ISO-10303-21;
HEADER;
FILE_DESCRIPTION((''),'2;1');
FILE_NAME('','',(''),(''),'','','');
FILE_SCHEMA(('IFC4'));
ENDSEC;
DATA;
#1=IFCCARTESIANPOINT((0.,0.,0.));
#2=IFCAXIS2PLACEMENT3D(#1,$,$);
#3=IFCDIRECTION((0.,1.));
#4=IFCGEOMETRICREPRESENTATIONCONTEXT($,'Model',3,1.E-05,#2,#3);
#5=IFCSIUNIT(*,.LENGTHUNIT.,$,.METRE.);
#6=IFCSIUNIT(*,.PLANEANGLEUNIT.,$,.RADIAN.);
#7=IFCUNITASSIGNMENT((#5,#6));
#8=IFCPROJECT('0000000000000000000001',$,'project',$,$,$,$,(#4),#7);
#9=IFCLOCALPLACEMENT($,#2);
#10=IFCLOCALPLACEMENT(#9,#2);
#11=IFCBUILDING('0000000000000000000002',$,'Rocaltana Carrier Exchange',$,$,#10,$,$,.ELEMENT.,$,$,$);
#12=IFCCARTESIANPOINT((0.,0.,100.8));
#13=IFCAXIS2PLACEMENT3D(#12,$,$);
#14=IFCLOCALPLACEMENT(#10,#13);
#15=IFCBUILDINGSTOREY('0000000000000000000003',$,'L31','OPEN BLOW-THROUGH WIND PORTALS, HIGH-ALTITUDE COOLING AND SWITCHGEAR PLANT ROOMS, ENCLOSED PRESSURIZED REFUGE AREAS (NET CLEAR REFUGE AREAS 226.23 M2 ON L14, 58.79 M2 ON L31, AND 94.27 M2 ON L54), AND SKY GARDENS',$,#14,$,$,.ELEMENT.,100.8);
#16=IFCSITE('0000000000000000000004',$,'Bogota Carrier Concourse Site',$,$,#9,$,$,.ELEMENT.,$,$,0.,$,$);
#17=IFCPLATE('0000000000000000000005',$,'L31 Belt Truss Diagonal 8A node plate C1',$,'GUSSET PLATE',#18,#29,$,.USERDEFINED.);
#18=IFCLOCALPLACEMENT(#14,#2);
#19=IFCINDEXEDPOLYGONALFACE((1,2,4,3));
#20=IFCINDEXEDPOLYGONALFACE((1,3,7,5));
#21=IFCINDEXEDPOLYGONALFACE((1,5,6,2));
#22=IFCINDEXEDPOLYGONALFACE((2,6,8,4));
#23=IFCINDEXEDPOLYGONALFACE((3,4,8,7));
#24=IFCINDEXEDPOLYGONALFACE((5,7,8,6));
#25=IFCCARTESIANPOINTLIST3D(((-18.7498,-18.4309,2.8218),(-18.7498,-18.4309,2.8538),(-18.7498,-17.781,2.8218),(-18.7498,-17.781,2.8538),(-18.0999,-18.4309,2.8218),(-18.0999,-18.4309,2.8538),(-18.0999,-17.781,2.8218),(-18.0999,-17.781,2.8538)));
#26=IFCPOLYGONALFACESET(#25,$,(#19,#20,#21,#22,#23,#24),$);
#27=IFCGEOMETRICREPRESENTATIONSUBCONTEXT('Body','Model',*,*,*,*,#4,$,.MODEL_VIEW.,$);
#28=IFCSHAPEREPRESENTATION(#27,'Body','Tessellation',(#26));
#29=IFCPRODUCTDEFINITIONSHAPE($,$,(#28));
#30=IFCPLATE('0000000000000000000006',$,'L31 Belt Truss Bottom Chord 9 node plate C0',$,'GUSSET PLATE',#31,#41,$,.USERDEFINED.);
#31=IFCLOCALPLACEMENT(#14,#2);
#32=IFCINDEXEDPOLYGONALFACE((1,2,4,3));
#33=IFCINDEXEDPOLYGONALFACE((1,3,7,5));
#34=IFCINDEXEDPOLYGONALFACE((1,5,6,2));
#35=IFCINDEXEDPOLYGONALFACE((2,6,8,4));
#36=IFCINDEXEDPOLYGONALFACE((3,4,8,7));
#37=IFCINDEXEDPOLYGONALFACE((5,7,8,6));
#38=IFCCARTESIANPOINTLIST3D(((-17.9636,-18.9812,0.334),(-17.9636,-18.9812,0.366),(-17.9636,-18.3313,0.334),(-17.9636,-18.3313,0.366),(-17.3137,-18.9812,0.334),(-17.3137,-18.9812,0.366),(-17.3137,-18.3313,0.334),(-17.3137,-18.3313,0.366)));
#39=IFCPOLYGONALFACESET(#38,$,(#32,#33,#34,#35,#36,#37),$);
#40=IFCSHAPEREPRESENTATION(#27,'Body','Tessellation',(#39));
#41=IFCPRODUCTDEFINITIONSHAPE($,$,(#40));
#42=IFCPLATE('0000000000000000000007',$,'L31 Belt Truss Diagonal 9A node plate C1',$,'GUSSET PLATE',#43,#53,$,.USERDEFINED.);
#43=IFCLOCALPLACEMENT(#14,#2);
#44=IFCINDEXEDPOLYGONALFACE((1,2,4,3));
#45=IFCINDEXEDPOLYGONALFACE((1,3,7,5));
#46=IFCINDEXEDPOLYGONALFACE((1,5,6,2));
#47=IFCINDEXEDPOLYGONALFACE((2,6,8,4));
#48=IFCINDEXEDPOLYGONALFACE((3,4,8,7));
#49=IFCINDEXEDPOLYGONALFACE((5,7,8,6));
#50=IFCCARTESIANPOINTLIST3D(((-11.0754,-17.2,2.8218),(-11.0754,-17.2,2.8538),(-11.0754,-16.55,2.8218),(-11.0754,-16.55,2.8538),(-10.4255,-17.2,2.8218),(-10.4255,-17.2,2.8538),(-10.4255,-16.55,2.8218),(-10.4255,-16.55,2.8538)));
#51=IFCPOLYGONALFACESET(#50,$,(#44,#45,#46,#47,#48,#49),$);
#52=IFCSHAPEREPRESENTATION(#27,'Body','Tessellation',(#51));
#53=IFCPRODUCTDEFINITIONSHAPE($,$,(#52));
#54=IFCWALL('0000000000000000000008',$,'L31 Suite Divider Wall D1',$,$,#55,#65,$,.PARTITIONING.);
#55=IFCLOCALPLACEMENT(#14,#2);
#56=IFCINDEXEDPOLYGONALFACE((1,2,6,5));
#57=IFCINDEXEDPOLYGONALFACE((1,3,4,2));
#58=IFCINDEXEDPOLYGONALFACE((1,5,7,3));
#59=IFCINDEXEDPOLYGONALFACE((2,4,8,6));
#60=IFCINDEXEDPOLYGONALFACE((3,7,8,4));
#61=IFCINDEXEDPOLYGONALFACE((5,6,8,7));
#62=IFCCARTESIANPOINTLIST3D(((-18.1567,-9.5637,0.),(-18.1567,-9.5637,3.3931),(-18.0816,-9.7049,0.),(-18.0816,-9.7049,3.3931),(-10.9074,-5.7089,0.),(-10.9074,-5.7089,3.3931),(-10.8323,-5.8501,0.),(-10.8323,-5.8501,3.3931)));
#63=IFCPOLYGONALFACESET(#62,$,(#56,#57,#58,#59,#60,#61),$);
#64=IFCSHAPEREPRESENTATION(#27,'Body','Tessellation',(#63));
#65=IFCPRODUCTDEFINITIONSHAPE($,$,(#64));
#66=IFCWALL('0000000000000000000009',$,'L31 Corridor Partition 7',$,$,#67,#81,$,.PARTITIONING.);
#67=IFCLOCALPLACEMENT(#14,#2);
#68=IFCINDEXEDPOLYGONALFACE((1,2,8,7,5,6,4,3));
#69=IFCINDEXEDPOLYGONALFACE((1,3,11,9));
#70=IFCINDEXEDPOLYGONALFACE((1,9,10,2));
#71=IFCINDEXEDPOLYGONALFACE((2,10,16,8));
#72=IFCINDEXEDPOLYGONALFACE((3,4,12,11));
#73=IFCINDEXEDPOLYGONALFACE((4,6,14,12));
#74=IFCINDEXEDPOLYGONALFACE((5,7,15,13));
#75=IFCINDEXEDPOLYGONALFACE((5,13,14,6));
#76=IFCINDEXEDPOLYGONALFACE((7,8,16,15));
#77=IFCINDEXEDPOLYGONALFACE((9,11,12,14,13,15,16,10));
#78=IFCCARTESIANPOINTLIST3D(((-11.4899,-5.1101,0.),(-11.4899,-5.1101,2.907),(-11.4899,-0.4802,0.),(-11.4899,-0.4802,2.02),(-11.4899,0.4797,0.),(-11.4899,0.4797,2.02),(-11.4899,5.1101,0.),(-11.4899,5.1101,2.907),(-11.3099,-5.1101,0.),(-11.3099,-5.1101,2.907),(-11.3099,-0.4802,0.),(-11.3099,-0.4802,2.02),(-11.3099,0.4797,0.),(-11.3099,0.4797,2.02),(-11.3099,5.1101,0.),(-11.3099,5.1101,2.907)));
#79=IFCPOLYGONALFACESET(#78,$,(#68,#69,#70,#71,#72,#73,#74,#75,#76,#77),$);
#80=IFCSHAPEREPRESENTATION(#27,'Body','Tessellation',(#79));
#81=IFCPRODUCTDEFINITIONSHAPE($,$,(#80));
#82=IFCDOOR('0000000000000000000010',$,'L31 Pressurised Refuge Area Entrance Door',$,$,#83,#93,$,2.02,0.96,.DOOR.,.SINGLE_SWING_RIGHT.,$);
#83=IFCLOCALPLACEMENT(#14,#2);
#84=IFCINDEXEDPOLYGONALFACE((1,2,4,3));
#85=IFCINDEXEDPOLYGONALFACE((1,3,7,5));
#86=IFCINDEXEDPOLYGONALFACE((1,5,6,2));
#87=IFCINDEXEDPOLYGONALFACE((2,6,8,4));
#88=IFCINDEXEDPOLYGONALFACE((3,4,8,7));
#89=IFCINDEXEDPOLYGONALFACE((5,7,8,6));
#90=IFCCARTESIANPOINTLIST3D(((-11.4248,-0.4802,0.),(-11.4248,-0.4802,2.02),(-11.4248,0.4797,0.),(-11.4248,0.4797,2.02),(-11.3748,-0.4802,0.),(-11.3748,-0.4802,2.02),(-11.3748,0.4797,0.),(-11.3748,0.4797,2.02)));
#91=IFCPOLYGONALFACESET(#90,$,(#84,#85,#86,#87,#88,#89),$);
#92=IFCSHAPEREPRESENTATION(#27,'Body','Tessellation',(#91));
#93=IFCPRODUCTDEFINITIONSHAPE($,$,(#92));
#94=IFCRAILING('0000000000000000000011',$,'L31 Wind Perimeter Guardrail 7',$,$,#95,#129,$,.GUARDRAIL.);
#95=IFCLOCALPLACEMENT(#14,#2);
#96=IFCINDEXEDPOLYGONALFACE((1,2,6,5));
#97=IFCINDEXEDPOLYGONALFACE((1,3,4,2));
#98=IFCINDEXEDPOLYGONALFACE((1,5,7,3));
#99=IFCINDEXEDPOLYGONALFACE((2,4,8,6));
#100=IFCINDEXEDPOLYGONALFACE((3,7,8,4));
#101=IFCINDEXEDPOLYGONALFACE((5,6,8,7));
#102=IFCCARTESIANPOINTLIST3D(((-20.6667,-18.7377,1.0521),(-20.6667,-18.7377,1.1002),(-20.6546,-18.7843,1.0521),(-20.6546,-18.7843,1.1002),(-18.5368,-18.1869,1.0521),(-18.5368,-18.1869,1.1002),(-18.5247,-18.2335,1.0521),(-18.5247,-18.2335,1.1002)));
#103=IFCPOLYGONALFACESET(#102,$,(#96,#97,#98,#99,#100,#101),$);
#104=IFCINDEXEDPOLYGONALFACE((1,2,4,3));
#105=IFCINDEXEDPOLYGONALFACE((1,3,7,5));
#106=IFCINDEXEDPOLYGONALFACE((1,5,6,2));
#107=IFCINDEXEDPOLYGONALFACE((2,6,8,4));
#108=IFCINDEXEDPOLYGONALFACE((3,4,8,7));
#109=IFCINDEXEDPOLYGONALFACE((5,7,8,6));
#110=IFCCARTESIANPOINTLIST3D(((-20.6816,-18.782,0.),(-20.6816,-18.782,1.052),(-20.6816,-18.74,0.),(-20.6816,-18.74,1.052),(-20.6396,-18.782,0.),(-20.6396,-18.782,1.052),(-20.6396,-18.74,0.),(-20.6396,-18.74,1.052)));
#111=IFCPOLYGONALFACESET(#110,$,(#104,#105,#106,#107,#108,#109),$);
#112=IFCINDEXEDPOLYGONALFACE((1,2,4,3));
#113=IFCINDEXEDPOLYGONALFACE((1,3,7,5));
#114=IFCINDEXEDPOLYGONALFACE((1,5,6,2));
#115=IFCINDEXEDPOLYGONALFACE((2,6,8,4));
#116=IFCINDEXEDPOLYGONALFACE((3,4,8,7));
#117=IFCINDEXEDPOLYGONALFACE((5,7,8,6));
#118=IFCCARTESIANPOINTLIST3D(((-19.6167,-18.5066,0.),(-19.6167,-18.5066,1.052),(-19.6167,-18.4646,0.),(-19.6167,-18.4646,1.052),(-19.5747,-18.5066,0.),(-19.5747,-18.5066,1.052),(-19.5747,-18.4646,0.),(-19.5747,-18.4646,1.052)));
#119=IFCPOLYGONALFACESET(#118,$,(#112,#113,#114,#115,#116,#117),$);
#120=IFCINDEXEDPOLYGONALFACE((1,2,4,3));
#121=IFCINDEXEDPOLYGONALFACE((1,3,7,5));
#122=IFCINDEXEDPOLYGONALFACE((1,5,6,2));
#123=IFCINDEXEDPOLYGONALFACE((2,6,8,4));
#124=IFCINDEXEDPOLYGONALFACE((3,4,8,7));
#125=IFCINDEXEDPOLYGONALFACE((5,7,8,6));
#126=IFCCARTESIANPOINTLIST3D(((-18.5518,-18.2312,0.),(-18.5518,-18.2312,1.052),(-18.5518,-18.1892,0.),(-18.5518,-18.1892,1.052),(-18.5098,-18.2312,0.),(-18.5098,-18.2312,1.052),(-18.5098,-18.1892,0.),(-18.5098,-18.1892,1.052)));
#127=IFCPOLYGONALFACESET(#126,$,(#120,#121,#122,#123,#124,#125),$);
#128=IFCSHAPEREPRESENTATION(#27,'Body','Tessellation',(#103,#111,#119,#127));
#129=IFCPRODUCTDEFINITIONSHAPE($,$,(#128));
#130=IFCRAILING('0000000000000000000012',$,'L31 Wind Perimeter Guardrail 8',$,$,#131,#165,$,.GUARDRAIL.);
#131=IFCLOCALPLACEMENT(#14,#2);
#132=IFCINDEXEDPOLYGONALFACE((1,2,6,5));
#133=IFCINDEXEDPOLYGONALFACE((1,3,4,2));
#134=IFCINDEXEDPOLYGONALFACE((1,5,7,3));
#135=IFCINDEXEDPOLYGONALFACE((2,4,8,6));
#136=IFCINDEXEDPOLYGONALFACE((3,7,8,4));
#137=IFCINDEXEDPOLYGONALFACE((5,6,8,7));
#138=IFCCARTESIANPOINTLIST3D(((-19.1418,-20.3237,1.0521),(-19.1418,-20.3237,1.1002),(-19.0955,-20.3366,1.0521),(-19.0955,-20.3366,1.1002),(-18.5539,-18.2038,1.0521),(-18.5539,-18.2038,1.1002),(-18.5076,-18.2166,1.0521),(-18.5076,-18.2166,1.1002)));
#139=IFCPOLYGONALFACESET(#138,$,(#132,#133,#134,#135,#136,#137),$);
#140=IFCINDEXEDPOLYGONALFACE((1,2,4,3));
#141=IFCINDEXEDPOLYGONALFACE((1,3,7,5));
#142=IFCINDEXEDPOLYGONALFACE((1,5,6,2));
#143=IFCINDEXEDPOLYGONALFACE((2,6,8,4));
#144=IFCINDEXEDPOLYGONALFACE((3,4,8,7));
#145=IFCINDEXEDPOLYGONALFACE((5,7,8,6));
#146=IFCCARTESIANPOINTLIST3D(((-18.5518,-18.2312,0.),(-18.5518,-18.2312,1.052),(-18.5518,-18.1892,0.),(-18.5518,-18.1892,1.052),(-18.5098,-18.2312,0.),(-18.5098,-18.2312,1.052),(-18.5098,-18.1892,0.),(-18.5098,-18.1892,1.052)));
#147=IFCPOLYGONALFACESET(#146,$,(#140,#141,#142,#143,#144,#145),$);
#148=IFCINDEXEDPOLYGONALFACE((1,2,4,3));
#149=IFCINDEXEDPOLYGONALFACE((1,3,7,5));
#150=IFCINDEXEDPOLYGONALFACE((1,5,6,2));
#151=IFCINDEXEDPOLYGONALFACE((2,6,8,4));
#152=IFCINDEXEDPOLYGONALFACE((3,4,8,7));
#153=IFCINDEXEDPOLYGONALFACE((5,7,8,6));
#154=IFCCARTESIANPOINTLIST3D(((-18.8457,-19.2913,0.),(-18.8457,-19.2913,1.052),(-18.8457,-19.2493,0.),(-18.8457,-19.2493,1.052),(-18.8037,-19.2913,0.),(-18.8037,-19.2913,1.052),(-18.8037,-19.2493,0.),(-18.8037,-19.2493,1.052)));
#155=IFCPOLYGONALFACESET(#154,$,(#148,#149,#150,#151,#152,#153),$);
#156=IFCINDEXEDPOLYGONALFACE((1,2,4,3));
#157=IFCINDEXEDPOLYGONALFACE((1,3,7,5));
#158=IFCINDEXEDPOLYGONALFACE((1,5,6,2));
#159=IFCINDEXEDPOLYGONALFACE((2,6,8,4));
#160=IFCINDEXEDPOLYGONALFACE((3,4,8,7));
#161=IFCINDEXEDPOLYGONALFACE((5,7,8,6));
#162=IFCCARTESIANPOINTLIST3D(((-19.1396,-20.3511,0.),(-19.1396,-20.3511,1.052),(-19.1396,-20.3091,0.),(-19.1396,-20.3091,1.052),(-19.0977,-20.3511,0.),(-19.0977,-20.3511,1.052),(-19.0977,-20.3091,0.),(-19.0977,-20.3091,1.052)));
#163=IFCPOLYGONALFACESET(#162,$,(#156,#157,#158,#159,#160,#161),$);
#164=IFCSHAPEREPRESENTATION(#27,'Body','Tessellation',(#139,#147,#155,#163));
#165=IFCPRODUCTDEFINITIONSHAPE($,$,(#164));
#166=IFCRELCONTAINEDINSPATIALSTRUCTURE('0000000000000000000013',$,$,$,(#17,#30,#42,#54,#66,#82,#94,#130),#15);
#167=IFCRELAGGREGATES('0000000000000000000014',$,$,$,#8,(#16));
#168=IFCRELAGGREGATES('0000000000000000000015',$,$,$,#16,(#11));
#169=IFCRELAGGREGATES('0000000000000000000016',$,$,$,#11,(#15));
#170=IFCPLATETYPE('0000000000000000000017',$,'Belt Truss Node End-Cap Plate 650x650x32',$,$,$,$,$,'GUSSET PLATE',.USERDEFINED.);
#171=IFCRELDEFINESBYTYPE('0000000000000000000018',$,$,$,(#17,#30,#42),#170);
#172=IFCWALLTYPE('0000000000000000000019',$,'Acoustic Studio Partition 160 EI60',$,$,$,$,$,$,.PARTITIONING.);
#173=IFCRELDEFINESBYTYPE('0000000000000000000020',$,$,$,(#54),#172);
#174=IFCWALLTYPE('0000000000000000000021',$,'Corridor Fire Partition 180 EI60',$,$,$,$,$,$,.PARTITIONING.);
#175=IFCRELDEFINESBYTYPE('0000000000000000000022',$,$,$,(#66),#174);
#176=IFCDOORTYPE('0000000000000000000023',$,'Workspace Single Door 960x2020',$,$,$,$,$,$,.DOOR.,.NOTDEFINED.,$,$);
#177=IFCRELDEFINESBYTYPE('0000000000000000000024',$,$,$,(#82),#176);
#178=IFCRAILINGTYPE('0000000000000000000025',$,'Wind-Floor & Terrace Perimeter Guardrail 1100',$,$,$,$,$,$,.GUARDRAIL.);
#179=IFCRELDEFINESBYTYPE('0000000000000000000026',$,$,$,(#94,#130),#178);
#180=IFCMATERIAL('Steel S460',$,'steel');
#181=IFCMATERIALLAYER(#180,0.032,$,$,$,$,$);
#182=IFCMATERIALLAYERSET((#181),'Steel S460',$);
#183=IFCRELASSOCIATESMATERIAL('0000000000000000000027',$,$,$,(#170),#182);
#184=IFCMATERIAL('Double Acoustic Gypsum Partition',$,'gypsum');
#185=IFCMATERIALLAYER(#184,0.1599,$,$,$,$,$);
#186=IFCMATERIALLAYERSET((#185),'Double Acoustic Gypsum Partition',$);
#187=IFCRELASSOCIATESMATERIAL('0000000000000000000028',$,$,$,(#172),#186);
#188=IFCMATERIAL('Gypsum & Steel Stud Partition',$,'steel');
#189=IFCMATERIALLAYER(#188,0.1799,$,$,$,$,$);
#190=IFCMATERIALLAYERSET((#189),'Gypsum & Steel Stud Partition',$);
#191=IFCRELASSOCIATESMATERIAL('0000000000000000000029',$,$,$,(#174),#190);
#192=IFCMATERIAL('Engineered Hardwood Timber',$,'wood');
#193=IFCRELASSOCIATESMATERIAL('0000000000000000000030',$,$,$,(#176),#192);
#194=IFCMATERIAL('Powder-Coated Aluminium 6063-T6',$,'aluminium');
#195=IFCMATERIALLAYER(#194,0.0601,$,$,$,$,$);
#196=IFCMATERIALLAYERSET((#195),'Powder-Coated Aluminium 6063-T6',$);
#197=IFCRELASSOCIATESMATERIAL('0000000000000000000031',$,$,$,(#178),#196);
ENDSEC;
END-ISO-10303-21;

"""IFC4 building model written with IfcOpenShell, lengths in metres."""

from ifc_helpers import new_model, si_unit, direction, frame, frame_2d, origin, origin_2d, place, context, subcontext, project, spatial, rectangle, extrude, material, layer, layer_set, type_object, element, fill, save


model = new_model("IFC4")

# Units and contexts
model_context = context("Model", 3, precision=1e-05, world=origin(), true_north=direction((0.0, 1.0)))
body_context = subcontext(model_context, "Body", "Model", "MODEL_VIEW")
ifc_project = project(units=[si_unit("LENGTHUNIT", "METRE"), si_unit("PLANEANGLEUNIT", "RADIAN")], contexts=[model_context])

# Site, building, storey
site_placement = place(None, origin())
site = spatial("IfcSite", under=ifc_project, at=site_placement, Name="Bogota Carrier Concourse Site", CompositionType="ELEMENT", RefElevation=0.0)
building_placement = place(site_placement, origin())
building = spatial("IfcBuilding", under=site, at=building_placement, Name="Rocaltana Carrier Exchange", CompositionType="ELEMENT")
storey_placement = place(building_placement, frame((0.0, 0.0, 100.8)))
storey = spatial("IfcBuildingStorey", under=building, at=storey_placement, Name="L31", Description="OPEN BLOW-THROUGH WIND PORTALS, HIGH-ALTITUDE COOLING AND SWITCHGEAR PLANT ROOMS, ENCLOSED PRESSURIZED REFUGE AREAS (NET CLEAR REFUGE AREAS 226.23 M2 ON L14, 58.79 M2 ON L31, AND 94.27 M2 ON L54), AND SKY GARDENS", CompositionType="ELEMENT", Elevation=100.8)

# Plates
ifc_material_1 = material(Name="Steel S460", Category="steel")
ifc_layer_1 = layer(ifc_material_1, 0.032)
ifc_layer_set_1 = layer_set([ifc_layer_1], Name="Steel S460")
plate_type = type_object("IfcPlateType", Name="Belt Truss Node End-Cap Plate 650x650x32", ElementType="GUSSET PLATE", PredefinedType="USERDEFINED", material=ifc_layer_set_1)
for number, where, z_axis, x_axis, name in (
    (1, (-18.4248, -18.106, 2.8218), (0.0, 0.0, 1.0), (1.0, 0.0, 0.0), "L31 Belt Truss Diagonal 8A node plate C1"),
    (2, (-17.6387, -18.6562, 0.334), (0.0, 0.0, 1.0), (1.0, 0.0, 0.0), "L31 Belt Truss Bottom Chord 9 node plate C0"),
    (3, (-10.7505, -16.875, 2.8218), (0.0, 0.0, 1.0), (1.0, 0.0, 0.0), "L31 Belt Truss Diagonal 9A node plate C1"),
):
    element("IfcPlate", number, at=place(storey_placement, frame(where, z_axis=z_axis, x_axis=x_axis)), inside=storey, type_object=plate_type, Name=name, ObjectType="GUSSET PLATE", PredefinedType="USERDEFINED", context=body_context, shape_type="SweptSolid", body=[
        extrude(rectangle(XDim=0.6499, YDim=0.6499, at=origin_2d()), origin(), (0.0, 0.0, 1.0), 0.032),
    ])

# Wall
ifc_material_2 = material(Name="Double Acoustic Gypsum Partition", Category="gypsum")
ifc_layer_2 = layer(ifc_material_2, 0.1599)
ifc_layer_set_2 = layer_set([ifc_layer_2], Name="Double Acoustic Gypsum Partition")
wall_type_1 = type_object("IfcWallType", Name="Acoustic Studio Partition 160 EI60", PredefinedType="PARTITIONING", material=ifc_layer_set_2)
wall_1_placement = place(storey_placement, frame((-10.8699, -5.7795, 0.0), z_axis=(0.0, 0.0, 1.0), x_axis=(-0.882936, -0.469494, 0.0)))
element("IfcWall", 4, at=wall_1_placement, inside=storey, type_object=wall_type_1, Name="L31 Suite Divider Wall D1", PredefinedType="PARTITIONING", context=body_context, shape_type="SweptSolid", body=[
    extrude(rectangle(XDim=8.2104, YDim=0.1599, at=frame_2d((4.1052, 0.0))), origin(), (0.0, 0.0, 1.0), 3.3931),
])

# Wall, opening, door
ifc_material_3 = material(Name="Gypsum & Steel Stud Partition", Category="steel")
ifc_layer_3 = layer(ifc_material_3, 0.1799)
ifc_layer_set_3 = layer_set([ifc_layer_3], Name="Gypsum & Steel Stud Partition")
wall_type_2 = type_object("IfcWallType", Name="Corridor Fire Partition 180 EI60", PredefinedType="PARTITIONING", material=ifc_layer_set_3)
wall_2_placement = place(storey_placement, frame((-11.3999, -5.1101, 0.0), z_axis=(0.0, 0.0, 1.0), x_axis=(0.0, 1.0, 0.0)))
wall_2 = element("IfcWall", 5, at=wall_2_placement, inside=storey, type_object=wall_type_2, Name="L31 Corridor Partition 7", PredefinedType="PARTITIONING", context=body_context, shape_type="SweptSolid", body=[
    extrude(rectangle(XDim=10.2202, YDim=0.1799, at=frame_2d((5.1101, 0.0))), origin(), (0.0, 0.0, 1.0), 2.907),
])
opening_placement = place(wall_2_placement, frame((4.6299, 0.0, 0.0)))
opening = element("IfcOpeningElement", 6, at=opening_placement, cuts=wall_2, PredefinedType="OPENING", context=body_context, shape_type="SweptSolid", body=[
    extrude(rectangle(XDim=0.96, YDim=2.02, at=frame_2d((0.48, 1.01))), frame((0.0, 0.0999, 0.0), z_axis=(0.0, -1.0, 0.0), x_axis=(1.0, 0.0, 0.0)), (0.0, 0.0, 1.0), 0.2),
])
ifc_material_4 = material(Name="Engineered Hardwood Timber", Category="wood")
door_type = type_object("IfcDoorType", Name="Workspace Single Door 960x2020", OperationType="NOTDEFINED", PredefinedType="DOOR", material=ifc_material_4)
door_placement = place(opening_placement, origin())
door = element("IfcDoor", 7, at=door_placement, inside=storey, type_object=door_type, Name="L31 Pressurised Refuge Area Entrance Door", OperationType="SINGLE_SWING_RIGHT", OverallHeight=2.02, OverallWidth=0.96, PredefinedType="DOOR", context=body_context, shape_type="SweptSolid", body=[
    extrude(rectangle(XDim=0.96, YDim=2.02, at=frame_2d((0.48, 1.01))), frame((0.0, 0.0249, 0.0), z_axis=(0.0, -1.0, 0.0), x_axis=(1.0, 0.0, 0.0)), (0.0, 0.0, 1.0), 0.05),
])
fill(opening, door)

# Railings
ifc_material_5 = material(Name="Powder-Coated Aluminium 6063-T6", Category="aluminium")
ifc_layer_4 = layer(ifc_material_5, 0.0601)
ifc_layer_set_4 = layer_set([ifc_layer_4], Name="Powder-Coated Aluminium 6063-T6")
railing_type = type_object("IfcRailingType", Name="Wind-Floor & Terrace Perimeter Guardrail 1100", PredefinedType="GUARDRAIL", material=ifc_layer_set_4)
railing_1_placement = place(storey_placement, frame((-20.6606, -18.761, 0.0)))
element("IfcRailing", 8, at=railing_1_placement, inside=storey, type_object=railing_type, Name="L31 Wind Perimeter Guardrail 7", PredefinedType="GUARDRAIL", context=body_context, shape_type="SweptSolid", body=[
    extrude(rectangle(XDim=0.0481, YDim=0.0481, at=origin_2d()), frame((0.0, 0.0, 1.0762), z_axis=(0.968152, 0.250361, 0.0), x_axis=(-0.250361, 0.968152, 0.0)), (0.0, 0.0, 1.0), 2.2),
    extrude(rectangle(XDim=0.042, YDim=0.042, at=origin_2d()), origin(), (0.0, 0.0, 1.0), 1.052),
    extrude(rectangle(XDim=0.042, YDim=0.042, at=origin_2d()), frame((1.0649, 0.2754, 0.0)), (0.0, 0.0, 1.0), 1.052),
    extrude(rectangle(XDim=0.042, YDim=0.042, at=origin_2d()), frame((2.1299, 0.5508, 0.0)), (0.0, 0.0, 1.0), 1.052),
])
railing_2_placement = place(storey_placement, frame((-18.5308, -18.2102, 0.0)))
element("IfcRailing", 9, at=railing_2_placement, inside=storey, type_object=railing_type, Name="L31 Wind Perimeter Guardrail 8", PredefinedType="GUARDRAIL", context=body_context, shape_type="SweptSolid", body=[
    extrude(rectangle(XDim=0.0481, YDim=0.0481, at=origin_2d()), frame((0.0, 0.0, 1.0762), z_axis=(-0.267237, -0.963631, 0.0), x_axis=(0.963631, -0.267237, 0.0)), (0.0, 0.0, 1.0), 2.2),
    extrude(rectangle(XDim=0.042, YDim=0.042, at=origin_2d()), origin(), (0.0, 0.0, 1.0), 1.052),
    extrude(rectangle(XDim=0.042, YDim=0.042, at=origin_2d()), frame((-0.2939, -1.0601, 0.0)), (0.0, 0.0, 1.0), 1.052),
    extrude(rectangle(XDim=0.042, YDim=0.042, at=origin_2d()), frame((-0.5879, -2.1199, 0.0)), (0.0, 0.0, 1.0), 1.052),
])

save(model, "model.ifc")
